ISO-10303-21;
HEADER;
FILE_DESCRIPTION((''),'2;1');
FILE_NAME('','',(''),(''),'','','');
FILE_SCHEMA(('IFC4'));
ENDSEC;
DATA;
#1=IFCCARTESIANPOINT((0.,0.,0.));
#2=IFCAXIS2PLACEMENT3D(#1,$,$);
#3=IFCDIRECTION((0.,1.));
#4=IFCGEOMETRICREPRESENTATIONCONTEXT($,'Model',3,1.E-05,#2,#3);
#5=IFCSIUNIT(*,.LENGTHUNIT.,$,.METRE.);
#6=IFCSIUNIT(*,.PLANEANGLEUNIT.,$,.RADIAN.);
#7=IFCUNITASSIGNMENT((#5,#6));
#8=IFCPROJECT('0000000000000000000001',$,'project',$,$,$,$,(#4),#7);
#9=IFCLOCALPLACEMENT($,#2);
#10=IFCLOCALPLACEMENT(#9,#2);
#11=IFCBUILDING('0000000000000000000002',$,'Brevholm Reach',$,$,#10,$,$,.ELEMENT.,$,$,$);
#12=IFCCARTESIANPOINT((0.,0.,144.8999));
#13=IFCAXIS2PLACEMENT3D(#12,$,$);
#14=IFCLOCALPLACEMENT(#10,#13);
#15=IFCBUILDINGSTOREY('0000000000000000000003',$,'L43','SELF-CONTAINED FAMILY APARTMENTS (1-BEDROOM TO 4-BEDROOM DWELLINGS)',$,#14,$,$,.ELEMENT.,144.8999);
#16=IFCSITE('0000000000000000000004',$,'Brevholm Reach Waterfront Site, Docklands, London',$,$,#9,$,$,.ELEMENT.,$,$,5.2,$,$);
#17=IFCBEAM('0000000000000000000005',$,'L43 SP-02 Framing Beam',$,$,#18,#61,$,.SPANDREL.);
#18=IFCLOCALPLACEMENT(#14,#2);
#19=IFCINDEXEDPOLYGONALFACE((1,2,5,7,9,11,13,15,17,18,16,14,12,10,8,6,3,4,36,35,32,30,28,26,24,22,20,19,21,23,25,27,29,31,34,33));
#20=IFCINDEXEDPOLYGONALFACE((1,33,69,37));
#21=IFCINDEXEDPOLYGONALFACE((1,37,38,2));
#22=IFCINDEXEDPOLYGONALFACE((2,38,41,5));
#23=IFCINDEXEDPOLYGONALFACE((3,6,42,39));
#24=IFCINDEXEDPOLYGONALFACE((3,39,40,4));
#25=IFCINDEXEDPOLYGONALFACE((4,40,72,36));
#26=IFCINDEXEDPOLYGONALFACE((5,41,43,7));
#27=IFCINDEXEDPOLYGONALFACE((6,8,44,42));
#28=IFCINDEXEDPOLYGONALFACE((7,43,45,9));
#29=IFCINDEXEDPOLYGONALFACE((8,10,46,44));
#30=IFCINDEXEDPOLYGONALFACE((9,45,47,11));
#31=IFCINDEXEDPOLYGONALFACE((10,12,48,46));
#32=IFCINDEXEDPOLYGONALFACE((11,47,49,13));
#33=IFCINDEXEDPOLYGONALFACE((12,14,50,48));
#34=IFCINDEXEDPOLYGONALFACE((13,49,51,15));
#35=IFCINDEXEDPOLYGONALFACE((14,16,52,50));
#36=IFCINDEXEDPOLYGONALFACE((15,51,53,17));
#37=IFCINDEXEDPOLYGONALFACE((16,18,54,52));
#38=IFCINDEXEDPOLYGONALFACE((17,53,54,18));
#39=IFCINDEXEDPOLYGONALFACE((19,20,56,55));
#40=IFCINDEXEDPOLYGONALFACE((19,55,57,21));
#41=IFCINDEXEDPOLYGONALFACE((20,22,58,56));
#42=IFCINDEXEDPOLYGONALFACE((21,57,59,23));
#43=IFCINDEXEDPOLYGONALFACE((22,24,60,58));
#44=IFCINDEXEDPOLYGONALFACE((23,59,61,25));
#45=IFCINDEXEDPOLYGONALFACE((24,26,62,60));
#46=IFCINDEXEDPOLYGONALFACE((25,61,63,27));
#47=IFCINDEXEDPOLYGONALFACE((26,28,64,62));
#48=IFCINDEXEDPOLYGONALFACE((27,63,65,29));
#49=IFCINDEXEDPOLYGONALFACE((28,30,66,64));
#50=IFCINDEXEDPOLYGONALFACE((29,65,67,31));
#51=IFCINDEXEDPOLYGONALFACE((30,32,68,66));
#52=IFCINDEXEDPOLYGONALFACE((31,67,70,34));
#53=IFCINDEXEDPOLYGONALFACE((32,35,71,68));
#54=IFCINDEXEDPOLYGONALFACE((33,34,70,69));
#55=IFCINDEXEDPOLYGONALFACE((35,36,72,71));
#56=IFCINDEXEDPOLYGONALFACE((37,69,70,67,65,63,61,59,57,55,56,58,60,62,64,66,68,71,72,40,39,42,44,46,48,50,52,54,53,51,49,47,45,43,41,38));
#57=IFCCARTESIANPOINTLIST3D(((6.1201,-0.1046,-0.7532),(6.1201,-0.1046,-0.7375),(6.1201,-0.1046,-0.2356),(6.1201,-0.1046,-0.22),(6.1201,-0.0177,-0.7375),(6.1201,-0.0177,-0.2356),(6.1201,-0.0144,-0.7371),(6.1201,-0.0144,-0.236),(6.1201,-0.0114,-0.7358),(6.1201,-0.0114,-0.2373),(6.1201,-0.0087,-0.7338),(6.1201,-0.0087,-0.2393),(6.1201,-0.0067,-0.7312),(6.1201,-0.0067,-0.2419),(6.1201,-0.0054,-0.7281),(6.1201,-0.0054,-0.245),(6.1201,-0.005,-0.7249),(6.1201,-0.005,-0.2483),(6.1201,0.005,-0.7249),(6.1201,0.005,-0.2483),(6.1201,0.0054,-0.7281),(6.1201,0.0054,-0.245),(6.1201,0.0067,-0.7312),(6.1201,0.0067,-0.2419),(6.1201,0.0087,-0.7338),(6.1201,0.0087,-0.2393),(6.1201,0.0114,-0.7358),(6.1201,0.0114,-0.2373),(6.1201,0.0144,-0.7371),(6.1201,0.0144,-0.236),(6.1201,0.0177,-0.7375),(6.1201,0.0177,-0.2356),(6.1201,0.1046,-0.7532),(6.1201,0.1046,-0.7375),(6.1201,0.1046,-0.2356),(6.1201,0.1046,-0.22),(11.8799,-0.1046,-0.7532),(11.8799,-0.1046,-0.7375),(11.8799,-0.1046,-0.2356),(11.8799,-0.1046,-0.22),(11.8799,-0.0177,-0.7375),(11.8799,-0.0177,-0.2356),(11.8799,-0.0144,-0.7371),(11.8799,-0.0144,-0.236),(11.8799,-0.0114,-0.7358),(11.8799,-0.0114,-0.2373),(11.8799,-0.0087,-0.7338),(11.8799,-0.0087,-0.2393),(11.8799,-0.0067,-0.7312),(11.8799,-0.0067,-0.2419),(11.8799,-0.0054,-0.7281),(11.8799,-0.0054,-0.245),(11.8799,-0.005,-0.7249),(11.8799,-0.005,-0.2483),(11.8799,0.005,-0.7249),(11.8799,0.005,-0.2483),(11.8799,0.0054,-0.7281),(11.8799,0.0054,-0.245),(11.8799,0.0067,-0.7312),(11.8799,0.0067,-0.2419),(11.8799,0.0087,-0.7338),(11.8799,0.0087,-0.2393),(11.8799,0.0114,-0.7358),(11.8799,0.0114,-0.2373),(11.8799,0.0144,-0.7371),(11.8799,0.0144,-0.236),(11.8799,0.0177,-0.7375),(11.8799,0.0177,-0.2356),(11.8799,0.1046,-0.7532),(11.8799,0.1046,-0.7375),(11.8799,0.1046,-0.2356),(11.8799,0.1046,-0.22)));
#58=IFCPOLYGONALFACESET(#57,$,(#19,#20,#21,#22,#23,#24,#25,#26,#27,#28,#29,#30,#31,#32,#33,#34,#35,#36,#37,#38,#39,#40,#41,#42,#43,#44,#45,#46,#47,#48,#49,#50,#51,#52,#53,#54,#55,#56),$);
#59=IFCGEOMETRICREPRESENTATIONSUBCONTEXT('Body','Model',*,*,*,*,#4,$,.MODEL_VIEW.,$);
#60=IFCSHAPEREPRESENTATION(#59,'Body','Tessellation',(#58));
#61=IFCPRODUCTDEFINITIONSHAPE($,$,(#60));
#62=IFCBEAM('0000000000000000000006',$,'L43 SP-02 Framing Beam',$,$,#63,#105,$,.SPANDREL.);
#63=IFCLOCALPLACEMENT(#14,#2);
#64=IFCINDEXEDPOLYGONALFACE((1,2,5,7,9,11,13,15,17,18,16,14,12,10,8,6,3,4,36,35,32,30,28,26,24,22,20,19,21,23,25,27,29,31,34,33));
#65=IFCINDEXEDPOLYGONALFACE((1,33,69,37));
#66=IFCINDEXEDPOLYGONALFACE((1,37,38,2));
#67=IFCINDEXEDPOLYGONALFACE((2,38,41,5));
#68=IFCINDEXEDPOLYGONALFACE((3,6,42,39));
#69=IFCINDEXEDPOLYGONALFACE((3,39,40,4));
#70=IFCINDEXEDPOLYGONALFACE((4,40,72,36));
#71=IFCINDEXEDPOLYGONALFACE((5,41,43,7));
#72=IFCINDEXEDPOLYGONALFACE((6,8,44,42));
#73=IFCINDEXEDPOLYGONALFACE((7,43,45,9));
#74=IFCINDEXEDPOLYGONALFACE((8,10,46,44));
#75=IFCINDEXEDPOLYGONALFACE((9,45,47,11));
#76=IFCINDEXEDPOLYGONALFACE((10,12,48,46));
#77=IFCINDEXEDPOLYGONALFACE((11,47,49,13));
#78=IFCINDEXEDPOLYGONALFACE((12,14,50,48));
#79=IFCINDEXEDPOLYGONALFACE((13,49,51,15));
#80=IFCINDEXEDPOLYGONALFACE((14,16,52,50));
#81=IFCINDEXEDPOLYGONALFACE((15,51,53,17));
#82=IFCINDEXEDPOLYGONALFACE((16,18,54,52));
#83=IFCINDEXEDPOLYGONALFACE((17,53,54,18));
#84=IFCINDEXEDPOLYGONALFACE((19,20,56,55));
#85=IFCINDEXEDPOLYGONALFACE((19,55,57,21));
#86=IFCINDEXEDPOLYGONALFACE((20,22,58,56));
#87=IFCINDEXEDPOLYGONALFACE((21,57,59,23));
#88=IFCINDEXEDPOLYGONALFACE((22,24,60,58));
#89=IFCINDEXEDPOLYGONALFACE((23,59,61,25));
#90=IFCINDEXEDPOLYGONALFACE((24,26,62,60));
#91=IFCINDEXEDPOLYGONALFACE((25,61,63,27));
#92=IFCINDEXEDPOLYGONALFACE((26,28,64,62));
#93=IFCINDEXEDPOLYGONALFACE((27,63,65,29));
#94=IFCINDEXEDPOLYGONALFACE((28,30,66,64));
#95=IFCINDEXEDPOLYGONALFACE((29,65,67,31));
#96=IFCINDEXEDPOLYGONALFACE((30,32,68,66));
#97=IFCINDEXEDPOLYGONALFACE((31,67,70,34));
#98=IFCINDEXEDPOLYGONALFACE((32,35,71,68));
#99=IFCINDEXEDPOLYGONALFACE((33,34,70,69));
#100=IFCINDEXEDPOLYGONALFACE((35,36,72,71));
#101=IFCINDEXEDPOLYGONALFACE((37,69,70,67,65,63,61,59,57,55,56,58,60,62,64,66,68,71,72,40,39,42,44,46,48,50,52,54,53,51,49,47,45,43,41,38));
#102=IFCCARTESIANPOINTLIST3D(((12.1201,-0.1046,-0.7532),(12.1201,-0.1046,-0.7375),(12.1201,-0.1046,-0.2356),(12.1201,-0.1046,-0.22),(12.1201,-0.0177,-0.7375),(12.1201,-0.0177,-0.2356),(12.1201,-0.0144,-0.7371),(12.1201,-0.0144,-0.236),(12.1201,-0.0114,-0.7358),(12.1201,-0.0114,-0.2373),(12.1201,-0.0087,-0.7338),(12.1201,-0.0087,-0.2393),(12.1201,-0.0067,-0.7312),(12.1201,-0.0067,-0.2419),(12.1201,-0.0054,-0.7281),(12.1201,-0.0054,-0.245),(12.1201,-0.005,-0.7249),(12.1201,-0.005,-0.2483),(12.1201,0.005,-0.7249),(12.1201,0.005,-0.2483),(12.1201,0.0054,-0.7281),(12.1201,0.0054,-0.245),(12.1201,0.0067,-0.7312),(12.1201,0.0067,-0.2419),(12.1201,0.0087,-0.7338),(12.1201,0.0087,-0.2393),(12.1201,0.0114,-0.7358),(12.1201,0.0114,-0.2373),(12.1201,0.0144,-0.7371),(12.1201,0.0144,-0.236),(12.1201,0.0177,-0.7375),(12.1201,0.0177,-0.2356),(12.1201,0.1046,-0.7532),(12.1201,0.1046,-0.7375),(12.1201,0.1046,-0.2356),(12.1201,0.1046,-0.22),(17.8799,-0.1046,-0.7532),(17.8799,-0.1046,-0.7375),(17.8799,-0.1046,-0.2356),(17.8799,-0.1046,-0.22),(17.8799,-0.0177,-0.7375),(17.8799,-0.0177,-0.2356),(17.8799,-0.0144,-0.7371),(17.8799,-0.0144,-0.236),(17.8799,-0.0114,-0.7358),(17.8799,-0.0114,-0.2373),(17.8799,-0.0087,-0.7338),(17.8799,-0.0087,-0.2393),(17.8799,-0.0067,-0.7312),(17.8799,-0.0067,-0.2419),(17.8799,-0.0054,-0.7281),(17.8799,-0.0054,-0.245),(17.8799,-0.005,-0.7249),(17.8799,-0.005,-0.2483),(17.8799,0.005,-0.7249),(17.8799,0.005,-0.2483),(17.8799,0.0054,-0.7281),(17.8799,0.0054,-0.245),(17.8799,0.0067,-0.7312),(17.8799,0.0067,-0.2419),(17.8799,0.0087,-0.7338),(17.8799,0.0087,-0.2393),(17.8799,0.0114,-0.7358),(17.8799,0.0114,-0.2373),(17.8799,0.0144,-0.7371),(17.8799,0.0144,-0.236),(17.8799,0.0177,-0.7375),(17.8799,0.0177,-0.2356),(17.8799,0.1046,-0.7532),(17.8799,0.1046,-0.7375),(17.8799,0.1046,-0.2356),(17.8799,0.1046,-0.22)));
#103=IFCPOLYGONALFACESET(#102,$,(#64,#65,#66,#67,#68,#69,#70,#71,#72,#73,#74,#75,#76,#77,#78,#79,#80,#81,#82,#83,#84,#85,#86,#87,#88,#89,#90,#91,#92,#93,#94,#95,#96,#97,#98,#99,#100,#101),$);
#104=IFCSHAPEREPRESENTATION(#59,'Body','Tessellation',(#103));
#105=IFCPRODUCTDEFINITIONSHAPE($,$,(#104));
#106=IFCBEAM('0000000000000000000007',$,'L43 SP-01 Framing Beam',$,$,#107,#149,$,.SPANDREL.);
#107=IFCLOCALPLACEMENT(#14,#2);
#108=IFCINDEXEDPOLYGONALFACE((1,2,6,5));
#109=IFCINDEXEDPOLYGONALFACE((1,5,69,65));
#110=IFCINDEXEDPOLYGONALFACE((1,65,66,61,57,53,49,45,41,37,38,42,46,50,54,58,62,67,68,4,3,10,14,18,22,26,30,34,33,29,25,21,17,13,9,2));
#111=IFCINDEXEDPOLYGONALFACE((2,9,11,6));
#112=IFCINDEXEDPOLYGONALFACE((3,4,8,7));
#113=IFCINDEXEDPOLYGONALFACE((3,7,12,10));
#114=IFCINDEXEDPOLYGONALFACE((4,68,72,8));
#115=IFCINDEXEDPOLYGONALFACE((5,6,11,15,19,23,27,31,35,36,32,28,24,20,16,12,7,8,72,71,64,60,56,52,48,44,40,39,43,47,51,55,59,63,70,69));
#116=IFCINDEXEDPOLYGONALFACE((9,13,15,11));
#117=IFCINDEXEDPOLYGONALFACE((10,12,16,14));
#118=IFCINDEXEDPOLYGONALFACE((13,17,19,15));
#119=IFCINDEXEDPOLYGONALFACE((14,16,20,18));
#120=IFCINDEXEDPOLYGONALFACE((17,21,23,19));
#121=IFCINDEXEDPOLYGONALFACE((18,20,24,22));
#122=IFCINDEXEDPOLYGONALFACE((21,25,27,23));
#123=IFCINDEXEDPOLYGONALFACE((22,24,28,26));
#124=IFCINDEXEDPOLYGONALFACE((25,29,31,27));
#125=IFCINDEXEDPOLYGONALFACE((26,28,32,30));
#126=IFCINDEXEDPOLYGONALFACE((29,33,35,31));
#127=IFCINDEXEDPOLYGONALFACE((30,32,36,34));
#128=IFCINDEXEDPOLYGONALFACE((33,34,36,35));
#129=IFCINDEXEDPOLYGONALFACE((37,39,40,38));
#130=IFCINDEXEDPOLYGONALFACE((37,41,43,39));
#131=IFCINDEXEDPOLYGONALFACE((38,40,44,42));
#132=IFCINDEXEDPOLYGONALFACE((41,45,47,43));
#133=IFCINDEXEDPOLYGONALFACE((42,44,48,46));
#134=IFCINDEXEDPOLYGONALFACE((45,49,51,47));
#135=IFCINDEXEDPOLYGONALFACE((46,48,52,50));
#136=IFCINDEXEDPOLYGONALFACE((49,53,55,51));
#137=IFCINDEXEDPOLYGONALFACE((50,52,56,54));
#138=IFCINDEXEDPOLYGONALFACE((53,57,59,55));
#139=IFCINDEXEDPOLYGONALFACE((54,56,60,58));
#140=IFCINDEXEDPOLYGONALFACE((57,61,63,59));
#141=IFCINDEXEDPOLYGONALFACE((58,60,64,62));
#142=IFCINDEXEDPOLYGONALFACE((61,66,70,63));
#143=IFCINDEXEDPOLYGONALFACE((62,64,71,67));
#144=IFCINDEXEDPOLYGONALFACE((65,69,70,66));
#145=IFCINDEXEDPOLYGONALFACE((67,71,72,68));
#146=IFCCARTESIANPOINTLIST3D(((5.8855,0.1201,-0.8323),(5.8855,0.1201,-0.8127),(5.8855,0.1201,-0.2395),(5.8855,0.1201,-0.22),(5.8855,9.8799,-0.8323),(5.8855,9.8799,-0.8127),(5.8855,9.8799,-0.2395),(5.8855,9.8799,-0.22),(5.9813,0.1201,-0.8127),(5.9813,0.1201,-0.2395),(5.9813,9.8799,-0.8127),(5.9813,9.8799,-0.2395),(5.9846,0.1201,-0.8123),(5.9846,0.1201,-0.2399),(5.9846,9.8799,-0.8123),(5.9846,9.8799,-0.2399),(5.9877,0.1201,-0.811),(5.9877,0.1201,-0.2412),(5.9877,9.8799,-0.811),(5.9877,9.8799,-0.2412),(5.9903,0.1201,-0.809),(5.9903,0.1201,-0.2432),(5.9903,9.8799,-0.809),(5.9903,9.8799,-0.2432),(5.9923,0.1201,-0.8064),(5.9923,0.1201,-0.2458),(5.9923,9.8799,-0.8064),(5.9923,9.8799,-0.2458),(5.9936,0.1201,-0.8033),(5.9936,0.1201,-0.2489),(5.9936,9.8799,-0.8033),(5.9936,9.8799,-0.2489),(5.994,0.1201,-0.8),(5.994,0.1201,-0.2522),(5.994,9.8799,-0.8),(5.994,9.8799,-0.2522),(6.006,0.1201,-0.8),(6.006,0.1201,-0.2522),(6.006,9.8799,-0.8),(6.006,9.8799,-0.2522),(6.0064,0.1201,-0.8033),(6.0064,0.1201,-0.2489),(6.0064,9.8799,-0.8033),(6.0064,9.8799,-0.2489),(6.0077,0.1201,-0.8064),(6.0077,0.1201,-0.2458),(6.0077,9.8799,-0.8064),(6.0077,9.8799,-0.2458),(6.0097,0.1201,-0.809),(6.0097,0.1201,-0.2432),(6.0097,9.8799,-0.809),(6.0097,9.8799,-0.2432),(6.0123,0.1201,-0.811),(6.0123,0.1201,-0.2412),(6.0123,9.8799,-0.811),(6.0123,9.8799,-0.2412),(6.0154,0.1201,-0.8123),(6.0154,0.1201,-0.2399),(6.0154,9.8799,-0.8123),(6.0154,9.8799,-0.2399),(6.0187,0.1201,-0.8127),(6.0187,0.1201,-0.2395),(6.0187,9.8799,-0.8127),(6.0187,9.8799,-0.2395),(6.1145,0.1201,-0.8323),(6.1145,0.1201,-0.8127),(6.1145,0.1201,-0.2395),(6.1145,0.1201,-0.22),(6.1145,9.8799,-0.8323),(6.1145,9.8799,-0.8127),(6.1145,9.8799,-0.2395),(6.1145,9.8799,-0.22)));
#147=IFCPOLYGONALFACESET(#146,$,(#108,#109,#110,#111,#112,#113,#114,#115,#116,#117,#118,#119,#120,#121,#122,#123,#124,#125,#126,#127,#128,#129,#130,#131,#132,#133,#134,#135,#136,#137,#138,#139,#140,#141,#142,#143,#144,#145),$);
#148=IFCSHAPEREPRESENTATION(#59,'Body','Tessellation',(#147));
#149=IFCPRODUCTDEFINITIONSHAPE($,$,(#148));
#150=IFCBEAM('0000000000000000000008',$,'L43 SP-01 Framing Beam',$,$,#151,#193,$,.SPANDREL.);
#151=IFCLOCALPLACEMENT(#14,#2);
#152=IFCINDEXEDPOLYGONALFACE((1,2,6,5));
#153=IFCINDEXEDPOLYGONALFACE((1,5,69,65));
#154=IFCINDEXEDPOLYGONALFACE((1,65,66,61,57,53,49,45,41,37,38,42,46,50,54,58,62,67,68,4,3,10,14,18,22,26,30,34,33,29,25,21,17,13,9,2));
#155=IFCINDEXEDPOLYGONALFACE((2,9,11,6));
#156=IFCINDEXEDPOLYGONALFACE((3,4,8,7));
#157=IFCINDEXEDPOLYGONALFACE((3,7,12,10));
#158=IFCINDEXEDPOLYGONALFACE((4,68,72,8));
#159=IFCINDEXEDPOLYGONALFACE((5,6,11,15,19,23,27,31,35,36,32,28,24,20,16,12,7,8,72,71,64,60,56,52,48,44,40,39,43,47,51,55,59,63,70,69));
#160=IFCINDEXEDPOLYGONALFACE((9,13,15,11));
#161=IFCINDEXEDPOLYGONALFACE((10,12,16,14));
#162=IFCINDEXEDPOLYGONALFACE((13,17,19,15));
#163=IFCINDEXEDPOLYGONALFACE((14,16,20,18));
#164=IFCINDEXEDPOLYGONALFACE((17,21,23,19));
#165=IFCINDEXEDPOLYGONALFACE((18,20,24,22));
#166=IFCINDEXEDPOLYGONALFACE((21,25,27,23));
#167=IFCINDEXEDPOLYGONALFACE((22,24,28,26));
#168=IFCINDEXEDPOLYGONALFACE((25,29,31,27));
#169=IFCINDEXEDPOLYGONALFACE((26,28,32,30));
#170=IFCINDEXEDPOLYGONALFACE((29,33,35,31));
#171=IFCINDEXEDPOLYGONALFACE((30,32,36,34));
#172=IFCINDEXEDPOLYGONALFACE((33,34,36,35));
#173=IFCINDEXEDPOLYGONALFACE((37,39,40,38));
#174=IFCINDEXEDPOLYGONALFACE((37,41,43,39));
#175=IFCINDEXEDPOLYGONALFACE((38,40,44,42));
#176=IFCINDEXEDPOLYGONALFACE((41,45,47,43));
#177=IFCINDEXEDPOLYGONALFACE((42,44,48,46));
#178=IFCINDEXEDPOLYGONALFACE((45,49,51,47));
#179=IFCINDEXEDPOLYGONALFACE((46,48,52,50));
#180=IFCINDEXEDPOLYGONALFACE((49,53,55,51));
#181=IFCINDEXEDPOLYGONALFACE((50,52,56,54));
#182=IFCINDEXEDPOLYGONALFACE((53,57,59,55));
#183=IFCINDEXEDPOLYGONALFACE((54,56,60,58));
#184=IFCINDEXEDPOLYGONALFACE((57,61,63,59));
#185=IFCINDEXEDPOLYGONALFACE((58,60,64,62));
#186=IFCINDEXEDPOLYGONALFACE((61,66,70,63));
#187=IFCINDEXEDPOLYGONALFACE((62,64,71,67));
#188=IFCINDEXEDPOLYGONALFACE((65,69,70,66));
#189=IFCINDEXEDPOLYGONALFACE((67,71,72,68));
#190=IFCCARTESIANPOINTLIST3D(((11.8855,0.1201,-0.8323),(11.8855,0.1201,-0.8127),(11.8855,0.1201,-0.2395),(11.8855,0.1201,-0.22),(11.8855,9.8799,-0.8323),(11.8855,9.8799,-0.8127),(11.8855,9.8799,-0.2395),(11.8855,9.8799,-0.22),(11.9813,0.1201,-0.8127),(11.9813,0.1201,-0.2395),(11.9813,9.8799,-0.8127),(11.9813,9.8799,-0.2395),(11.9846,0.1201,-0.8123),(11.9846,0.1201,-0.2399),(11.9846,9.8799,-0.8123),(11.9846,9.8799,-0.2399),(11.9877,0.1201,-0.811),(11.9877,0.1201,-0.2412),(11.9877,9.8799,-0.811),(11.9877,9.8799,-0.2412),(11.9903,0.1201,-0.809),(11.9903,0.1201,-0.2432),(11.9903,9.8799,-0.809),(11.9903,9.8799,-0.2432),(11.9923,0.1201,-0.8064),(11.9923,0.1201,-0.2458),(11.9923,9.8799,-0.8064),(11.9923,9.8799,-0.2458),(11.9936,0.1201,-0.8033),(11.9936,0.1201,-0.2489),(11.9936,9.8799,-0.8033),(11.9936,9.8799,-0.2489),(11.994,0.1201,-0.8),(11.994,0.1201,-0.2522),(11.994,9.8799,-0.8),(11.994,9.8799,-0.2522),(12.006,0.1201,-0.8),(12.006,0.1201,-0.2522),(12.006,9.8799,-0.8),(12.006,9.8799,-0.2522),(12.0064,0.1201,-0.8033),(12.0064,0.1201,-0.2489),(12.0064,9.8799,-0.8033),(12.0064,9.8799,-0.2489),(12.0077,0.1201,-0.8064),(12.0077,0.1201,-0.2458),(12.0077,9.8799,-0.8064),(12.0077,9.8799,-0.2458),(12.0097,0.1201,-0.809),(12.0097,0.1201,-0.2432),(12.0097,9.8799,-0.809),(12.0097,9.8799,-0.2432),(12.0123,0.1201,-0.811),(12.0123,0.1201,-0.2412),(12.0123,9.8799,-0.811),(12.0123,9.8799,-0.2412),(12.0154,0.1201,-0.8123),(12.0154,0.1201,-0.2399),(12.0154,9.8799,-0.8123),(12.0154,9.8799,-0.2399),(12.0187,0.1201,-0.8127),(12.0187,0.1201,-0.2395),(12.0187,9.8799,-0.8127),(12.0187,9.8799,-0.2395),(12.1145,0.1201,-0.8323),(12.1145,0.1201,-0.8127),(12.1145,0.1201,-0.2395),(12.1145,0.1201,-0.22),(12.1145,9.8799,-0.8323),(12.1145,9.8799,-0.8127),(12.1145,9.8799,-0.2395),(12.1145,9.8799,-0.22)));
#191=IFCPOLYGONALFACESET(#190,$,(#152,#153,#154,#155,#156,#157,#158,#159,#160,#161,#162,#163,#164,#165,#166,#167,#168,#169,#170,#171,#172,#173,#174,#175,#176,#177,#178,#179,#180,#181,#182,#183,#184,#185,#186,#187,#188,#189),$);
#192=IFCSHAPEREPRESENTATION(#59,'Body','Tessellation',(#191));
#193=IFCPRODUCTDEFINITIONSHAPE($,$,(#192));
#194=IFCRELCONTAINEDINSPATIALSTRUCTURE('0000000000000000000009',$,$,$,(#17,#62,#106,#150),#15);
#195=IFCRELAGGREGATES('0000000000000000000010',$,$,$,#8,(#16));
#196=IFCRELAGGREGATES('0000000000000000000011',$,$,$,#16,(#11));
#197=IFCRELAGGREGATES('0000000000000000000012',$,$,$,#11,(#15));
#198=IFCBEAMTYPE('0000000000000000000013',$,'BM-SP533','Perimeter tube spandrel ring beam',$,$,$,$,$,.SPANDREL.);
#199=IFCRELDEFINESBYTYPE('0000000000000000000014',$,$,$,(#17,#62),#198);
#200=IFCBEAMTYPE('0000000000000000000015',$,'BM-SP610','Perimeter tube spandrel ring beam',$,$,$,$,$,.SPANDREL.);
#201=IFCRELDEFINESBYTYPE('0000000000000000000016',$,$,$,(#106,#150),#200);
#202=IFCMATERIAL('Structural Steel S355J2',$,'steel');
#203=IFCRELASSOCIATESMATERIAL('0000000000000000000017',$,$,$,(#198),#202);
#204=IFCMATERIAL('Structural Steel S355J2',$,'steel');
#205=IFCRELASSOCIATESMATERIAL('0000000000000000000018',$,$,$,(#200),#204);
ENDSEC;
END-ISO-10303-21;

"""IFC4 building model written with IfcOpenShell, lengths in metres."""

from ifc_helpers import new_model, si_unit, direction, frame, origin, origin_2d, place, context, subcontext, project, spatial, i_section, extrude, material, material_profile, profile_set, type_object, element, save


model = new_model("IFC4")

# Units and contexts
model_context = context("Model", 3, precision=1e-05, world=origin(), true_north=direction((0.0, 1.0)))
body_context = subcontext(model_context, "Body", "Model", "MODEL_VIEW")
ifc_project = project(units=[si_unit("LENGTHUNIT", "METRE"), si_unit("PLANEANGLEUNIT", "RADIAN")], contexts=[model_context])

# Site, building, storey
site_placement = place(None, origin())
site = spatial("IfcSite", under=ifc_project, at=site_placement, Name="Brevholm Reach Waterfront Site, Docklands, London", CompositionType="ELEMENT", RefElevation=5.2)
building_placement = place(site_placement, origin())
building = spatial("IfcBuilding", under=site, at=building_placement, Name="Brevholm Reach", CompositionType="ELEMENT")
storey_placement = place(building_placement, frame((0.0, 0.0, 144.8999)))
storey = spatial("IfcBuildingStorey", under=building, at=storey_placement, Name="L43", Description="SELF-CONTAINED FAMILY APARTMENTS (1-BEDROOM TO 4-BEDROOM DWELLINGS)", CompositionType="ELEMENT", Elevation=144.8999)

# Beams
ifc_material_1 = material(Name="Structural Steel S355J2", Category="steel")
ifc_material_profile_1 = material_profile(ifc_material_1, i_section(OverallWidth=0.2092, OverallDepth=0.5332, WebThickness=0.01, FlangeThickness=0.0156, FilletRadius=0.0127, at=origin_2d()), Name="UKB 533x210x92")
ifc_profile_set_1 = profile_set([ifc_material_profile_1], Name="Structural Steel S355J2")
beam_type_1 = type_object("IfcBeamType", Name="BM-SP533", Description="Perimeter tube spandrel ring beam", PredefinedType="SPANDREL", material=ifc_profile_set_1)
for number, where, z_axis, x_axis, name in (
    (1, (6.1201, 0.0, -0.4866), (1.0, 0.0, 0.0), (0.0, 1.0, 0.0), "L43 SP-02 Framing Beam"),
    (2, (12.1201, 0.0, -0.4866), (1.0, 0.0, 0.0), (0.0, 1.0, 0.0), "L43 SP-02 Framing Beam"),
):
    element("IfcBeam", number, at=place(storey_placement, frame(where, z_axis=z_axis, x_axis=x_axis)), inside=storey, type_object=beam_type_1, Name=name, PredefinedType="SPANDREL", context=body_context, shape_type="SweptSolid", body=[
        extrude(i_section(OverallWidth=0.2092, OverallDepth=0.5332, WebThickness=0.01, FlangeThickness=0.0156, FilletRadius=0.0127, at=origin_2d()), origin(), (0.0, 0.0, 1.0), 5.7598),
    ])
ifc_material_2 = material(Name="Structural Steel S355J2", Category="steel")
ifc_material_profile_2 = material_profile(ifc_material_2, i_section(OverallWidth=0.229, OverallDepth=0.6123, WebThickness=0.012, FlangeThickness=0.0195, FilletRadius=0.0127, at=origin_2d()), Name="UKB 610x229x125")
ifc_profile_set_2 = profile_set([ifc_material_profile_2], Name="Structural Steel S355J2")
beam_type_2 = type_object("IfcBeamType", Name="BM-SP610", Description="Perimeter tube spandrel ring beam", PredefinedType="SPANDREL", material=ifc_profile_set_2)
for number, where, z_axis, x_axis, name in (
    (3, (6.0, 0.1201, -0.5261), (0.0, 1.0, 0.0), (-1.0, 0.0, 0.0), "L43 SP-01 Framing Beam"),
    (4, (12.0, 0.1201, -0.5261), (0.0, 1.0, 0.0), (-1.0, 0.0, 0.0), "L43 SP-01 Framing Beam"),
):
    element("IfcBeam", number, at=place(storey_placement, frame(where, z_axis=z_axis, x_axis=x_axis)), inside=storey, type_object=beam_type_2, Name=name, PredefinedType="SPANDREL", context=body_context, shape_type="SweptSolid", body=[
        extrude(i_section(OverallWidth=0.229, OverallDepth=0.6123, WebThickness=0.012, FlangeThickness=0.0195, FilletRadius=0.0127, at=origin_2d()), origin(), (0.0, 0.0, 1.0), 9.7598),
    ])

save(model, "model.ifc")
